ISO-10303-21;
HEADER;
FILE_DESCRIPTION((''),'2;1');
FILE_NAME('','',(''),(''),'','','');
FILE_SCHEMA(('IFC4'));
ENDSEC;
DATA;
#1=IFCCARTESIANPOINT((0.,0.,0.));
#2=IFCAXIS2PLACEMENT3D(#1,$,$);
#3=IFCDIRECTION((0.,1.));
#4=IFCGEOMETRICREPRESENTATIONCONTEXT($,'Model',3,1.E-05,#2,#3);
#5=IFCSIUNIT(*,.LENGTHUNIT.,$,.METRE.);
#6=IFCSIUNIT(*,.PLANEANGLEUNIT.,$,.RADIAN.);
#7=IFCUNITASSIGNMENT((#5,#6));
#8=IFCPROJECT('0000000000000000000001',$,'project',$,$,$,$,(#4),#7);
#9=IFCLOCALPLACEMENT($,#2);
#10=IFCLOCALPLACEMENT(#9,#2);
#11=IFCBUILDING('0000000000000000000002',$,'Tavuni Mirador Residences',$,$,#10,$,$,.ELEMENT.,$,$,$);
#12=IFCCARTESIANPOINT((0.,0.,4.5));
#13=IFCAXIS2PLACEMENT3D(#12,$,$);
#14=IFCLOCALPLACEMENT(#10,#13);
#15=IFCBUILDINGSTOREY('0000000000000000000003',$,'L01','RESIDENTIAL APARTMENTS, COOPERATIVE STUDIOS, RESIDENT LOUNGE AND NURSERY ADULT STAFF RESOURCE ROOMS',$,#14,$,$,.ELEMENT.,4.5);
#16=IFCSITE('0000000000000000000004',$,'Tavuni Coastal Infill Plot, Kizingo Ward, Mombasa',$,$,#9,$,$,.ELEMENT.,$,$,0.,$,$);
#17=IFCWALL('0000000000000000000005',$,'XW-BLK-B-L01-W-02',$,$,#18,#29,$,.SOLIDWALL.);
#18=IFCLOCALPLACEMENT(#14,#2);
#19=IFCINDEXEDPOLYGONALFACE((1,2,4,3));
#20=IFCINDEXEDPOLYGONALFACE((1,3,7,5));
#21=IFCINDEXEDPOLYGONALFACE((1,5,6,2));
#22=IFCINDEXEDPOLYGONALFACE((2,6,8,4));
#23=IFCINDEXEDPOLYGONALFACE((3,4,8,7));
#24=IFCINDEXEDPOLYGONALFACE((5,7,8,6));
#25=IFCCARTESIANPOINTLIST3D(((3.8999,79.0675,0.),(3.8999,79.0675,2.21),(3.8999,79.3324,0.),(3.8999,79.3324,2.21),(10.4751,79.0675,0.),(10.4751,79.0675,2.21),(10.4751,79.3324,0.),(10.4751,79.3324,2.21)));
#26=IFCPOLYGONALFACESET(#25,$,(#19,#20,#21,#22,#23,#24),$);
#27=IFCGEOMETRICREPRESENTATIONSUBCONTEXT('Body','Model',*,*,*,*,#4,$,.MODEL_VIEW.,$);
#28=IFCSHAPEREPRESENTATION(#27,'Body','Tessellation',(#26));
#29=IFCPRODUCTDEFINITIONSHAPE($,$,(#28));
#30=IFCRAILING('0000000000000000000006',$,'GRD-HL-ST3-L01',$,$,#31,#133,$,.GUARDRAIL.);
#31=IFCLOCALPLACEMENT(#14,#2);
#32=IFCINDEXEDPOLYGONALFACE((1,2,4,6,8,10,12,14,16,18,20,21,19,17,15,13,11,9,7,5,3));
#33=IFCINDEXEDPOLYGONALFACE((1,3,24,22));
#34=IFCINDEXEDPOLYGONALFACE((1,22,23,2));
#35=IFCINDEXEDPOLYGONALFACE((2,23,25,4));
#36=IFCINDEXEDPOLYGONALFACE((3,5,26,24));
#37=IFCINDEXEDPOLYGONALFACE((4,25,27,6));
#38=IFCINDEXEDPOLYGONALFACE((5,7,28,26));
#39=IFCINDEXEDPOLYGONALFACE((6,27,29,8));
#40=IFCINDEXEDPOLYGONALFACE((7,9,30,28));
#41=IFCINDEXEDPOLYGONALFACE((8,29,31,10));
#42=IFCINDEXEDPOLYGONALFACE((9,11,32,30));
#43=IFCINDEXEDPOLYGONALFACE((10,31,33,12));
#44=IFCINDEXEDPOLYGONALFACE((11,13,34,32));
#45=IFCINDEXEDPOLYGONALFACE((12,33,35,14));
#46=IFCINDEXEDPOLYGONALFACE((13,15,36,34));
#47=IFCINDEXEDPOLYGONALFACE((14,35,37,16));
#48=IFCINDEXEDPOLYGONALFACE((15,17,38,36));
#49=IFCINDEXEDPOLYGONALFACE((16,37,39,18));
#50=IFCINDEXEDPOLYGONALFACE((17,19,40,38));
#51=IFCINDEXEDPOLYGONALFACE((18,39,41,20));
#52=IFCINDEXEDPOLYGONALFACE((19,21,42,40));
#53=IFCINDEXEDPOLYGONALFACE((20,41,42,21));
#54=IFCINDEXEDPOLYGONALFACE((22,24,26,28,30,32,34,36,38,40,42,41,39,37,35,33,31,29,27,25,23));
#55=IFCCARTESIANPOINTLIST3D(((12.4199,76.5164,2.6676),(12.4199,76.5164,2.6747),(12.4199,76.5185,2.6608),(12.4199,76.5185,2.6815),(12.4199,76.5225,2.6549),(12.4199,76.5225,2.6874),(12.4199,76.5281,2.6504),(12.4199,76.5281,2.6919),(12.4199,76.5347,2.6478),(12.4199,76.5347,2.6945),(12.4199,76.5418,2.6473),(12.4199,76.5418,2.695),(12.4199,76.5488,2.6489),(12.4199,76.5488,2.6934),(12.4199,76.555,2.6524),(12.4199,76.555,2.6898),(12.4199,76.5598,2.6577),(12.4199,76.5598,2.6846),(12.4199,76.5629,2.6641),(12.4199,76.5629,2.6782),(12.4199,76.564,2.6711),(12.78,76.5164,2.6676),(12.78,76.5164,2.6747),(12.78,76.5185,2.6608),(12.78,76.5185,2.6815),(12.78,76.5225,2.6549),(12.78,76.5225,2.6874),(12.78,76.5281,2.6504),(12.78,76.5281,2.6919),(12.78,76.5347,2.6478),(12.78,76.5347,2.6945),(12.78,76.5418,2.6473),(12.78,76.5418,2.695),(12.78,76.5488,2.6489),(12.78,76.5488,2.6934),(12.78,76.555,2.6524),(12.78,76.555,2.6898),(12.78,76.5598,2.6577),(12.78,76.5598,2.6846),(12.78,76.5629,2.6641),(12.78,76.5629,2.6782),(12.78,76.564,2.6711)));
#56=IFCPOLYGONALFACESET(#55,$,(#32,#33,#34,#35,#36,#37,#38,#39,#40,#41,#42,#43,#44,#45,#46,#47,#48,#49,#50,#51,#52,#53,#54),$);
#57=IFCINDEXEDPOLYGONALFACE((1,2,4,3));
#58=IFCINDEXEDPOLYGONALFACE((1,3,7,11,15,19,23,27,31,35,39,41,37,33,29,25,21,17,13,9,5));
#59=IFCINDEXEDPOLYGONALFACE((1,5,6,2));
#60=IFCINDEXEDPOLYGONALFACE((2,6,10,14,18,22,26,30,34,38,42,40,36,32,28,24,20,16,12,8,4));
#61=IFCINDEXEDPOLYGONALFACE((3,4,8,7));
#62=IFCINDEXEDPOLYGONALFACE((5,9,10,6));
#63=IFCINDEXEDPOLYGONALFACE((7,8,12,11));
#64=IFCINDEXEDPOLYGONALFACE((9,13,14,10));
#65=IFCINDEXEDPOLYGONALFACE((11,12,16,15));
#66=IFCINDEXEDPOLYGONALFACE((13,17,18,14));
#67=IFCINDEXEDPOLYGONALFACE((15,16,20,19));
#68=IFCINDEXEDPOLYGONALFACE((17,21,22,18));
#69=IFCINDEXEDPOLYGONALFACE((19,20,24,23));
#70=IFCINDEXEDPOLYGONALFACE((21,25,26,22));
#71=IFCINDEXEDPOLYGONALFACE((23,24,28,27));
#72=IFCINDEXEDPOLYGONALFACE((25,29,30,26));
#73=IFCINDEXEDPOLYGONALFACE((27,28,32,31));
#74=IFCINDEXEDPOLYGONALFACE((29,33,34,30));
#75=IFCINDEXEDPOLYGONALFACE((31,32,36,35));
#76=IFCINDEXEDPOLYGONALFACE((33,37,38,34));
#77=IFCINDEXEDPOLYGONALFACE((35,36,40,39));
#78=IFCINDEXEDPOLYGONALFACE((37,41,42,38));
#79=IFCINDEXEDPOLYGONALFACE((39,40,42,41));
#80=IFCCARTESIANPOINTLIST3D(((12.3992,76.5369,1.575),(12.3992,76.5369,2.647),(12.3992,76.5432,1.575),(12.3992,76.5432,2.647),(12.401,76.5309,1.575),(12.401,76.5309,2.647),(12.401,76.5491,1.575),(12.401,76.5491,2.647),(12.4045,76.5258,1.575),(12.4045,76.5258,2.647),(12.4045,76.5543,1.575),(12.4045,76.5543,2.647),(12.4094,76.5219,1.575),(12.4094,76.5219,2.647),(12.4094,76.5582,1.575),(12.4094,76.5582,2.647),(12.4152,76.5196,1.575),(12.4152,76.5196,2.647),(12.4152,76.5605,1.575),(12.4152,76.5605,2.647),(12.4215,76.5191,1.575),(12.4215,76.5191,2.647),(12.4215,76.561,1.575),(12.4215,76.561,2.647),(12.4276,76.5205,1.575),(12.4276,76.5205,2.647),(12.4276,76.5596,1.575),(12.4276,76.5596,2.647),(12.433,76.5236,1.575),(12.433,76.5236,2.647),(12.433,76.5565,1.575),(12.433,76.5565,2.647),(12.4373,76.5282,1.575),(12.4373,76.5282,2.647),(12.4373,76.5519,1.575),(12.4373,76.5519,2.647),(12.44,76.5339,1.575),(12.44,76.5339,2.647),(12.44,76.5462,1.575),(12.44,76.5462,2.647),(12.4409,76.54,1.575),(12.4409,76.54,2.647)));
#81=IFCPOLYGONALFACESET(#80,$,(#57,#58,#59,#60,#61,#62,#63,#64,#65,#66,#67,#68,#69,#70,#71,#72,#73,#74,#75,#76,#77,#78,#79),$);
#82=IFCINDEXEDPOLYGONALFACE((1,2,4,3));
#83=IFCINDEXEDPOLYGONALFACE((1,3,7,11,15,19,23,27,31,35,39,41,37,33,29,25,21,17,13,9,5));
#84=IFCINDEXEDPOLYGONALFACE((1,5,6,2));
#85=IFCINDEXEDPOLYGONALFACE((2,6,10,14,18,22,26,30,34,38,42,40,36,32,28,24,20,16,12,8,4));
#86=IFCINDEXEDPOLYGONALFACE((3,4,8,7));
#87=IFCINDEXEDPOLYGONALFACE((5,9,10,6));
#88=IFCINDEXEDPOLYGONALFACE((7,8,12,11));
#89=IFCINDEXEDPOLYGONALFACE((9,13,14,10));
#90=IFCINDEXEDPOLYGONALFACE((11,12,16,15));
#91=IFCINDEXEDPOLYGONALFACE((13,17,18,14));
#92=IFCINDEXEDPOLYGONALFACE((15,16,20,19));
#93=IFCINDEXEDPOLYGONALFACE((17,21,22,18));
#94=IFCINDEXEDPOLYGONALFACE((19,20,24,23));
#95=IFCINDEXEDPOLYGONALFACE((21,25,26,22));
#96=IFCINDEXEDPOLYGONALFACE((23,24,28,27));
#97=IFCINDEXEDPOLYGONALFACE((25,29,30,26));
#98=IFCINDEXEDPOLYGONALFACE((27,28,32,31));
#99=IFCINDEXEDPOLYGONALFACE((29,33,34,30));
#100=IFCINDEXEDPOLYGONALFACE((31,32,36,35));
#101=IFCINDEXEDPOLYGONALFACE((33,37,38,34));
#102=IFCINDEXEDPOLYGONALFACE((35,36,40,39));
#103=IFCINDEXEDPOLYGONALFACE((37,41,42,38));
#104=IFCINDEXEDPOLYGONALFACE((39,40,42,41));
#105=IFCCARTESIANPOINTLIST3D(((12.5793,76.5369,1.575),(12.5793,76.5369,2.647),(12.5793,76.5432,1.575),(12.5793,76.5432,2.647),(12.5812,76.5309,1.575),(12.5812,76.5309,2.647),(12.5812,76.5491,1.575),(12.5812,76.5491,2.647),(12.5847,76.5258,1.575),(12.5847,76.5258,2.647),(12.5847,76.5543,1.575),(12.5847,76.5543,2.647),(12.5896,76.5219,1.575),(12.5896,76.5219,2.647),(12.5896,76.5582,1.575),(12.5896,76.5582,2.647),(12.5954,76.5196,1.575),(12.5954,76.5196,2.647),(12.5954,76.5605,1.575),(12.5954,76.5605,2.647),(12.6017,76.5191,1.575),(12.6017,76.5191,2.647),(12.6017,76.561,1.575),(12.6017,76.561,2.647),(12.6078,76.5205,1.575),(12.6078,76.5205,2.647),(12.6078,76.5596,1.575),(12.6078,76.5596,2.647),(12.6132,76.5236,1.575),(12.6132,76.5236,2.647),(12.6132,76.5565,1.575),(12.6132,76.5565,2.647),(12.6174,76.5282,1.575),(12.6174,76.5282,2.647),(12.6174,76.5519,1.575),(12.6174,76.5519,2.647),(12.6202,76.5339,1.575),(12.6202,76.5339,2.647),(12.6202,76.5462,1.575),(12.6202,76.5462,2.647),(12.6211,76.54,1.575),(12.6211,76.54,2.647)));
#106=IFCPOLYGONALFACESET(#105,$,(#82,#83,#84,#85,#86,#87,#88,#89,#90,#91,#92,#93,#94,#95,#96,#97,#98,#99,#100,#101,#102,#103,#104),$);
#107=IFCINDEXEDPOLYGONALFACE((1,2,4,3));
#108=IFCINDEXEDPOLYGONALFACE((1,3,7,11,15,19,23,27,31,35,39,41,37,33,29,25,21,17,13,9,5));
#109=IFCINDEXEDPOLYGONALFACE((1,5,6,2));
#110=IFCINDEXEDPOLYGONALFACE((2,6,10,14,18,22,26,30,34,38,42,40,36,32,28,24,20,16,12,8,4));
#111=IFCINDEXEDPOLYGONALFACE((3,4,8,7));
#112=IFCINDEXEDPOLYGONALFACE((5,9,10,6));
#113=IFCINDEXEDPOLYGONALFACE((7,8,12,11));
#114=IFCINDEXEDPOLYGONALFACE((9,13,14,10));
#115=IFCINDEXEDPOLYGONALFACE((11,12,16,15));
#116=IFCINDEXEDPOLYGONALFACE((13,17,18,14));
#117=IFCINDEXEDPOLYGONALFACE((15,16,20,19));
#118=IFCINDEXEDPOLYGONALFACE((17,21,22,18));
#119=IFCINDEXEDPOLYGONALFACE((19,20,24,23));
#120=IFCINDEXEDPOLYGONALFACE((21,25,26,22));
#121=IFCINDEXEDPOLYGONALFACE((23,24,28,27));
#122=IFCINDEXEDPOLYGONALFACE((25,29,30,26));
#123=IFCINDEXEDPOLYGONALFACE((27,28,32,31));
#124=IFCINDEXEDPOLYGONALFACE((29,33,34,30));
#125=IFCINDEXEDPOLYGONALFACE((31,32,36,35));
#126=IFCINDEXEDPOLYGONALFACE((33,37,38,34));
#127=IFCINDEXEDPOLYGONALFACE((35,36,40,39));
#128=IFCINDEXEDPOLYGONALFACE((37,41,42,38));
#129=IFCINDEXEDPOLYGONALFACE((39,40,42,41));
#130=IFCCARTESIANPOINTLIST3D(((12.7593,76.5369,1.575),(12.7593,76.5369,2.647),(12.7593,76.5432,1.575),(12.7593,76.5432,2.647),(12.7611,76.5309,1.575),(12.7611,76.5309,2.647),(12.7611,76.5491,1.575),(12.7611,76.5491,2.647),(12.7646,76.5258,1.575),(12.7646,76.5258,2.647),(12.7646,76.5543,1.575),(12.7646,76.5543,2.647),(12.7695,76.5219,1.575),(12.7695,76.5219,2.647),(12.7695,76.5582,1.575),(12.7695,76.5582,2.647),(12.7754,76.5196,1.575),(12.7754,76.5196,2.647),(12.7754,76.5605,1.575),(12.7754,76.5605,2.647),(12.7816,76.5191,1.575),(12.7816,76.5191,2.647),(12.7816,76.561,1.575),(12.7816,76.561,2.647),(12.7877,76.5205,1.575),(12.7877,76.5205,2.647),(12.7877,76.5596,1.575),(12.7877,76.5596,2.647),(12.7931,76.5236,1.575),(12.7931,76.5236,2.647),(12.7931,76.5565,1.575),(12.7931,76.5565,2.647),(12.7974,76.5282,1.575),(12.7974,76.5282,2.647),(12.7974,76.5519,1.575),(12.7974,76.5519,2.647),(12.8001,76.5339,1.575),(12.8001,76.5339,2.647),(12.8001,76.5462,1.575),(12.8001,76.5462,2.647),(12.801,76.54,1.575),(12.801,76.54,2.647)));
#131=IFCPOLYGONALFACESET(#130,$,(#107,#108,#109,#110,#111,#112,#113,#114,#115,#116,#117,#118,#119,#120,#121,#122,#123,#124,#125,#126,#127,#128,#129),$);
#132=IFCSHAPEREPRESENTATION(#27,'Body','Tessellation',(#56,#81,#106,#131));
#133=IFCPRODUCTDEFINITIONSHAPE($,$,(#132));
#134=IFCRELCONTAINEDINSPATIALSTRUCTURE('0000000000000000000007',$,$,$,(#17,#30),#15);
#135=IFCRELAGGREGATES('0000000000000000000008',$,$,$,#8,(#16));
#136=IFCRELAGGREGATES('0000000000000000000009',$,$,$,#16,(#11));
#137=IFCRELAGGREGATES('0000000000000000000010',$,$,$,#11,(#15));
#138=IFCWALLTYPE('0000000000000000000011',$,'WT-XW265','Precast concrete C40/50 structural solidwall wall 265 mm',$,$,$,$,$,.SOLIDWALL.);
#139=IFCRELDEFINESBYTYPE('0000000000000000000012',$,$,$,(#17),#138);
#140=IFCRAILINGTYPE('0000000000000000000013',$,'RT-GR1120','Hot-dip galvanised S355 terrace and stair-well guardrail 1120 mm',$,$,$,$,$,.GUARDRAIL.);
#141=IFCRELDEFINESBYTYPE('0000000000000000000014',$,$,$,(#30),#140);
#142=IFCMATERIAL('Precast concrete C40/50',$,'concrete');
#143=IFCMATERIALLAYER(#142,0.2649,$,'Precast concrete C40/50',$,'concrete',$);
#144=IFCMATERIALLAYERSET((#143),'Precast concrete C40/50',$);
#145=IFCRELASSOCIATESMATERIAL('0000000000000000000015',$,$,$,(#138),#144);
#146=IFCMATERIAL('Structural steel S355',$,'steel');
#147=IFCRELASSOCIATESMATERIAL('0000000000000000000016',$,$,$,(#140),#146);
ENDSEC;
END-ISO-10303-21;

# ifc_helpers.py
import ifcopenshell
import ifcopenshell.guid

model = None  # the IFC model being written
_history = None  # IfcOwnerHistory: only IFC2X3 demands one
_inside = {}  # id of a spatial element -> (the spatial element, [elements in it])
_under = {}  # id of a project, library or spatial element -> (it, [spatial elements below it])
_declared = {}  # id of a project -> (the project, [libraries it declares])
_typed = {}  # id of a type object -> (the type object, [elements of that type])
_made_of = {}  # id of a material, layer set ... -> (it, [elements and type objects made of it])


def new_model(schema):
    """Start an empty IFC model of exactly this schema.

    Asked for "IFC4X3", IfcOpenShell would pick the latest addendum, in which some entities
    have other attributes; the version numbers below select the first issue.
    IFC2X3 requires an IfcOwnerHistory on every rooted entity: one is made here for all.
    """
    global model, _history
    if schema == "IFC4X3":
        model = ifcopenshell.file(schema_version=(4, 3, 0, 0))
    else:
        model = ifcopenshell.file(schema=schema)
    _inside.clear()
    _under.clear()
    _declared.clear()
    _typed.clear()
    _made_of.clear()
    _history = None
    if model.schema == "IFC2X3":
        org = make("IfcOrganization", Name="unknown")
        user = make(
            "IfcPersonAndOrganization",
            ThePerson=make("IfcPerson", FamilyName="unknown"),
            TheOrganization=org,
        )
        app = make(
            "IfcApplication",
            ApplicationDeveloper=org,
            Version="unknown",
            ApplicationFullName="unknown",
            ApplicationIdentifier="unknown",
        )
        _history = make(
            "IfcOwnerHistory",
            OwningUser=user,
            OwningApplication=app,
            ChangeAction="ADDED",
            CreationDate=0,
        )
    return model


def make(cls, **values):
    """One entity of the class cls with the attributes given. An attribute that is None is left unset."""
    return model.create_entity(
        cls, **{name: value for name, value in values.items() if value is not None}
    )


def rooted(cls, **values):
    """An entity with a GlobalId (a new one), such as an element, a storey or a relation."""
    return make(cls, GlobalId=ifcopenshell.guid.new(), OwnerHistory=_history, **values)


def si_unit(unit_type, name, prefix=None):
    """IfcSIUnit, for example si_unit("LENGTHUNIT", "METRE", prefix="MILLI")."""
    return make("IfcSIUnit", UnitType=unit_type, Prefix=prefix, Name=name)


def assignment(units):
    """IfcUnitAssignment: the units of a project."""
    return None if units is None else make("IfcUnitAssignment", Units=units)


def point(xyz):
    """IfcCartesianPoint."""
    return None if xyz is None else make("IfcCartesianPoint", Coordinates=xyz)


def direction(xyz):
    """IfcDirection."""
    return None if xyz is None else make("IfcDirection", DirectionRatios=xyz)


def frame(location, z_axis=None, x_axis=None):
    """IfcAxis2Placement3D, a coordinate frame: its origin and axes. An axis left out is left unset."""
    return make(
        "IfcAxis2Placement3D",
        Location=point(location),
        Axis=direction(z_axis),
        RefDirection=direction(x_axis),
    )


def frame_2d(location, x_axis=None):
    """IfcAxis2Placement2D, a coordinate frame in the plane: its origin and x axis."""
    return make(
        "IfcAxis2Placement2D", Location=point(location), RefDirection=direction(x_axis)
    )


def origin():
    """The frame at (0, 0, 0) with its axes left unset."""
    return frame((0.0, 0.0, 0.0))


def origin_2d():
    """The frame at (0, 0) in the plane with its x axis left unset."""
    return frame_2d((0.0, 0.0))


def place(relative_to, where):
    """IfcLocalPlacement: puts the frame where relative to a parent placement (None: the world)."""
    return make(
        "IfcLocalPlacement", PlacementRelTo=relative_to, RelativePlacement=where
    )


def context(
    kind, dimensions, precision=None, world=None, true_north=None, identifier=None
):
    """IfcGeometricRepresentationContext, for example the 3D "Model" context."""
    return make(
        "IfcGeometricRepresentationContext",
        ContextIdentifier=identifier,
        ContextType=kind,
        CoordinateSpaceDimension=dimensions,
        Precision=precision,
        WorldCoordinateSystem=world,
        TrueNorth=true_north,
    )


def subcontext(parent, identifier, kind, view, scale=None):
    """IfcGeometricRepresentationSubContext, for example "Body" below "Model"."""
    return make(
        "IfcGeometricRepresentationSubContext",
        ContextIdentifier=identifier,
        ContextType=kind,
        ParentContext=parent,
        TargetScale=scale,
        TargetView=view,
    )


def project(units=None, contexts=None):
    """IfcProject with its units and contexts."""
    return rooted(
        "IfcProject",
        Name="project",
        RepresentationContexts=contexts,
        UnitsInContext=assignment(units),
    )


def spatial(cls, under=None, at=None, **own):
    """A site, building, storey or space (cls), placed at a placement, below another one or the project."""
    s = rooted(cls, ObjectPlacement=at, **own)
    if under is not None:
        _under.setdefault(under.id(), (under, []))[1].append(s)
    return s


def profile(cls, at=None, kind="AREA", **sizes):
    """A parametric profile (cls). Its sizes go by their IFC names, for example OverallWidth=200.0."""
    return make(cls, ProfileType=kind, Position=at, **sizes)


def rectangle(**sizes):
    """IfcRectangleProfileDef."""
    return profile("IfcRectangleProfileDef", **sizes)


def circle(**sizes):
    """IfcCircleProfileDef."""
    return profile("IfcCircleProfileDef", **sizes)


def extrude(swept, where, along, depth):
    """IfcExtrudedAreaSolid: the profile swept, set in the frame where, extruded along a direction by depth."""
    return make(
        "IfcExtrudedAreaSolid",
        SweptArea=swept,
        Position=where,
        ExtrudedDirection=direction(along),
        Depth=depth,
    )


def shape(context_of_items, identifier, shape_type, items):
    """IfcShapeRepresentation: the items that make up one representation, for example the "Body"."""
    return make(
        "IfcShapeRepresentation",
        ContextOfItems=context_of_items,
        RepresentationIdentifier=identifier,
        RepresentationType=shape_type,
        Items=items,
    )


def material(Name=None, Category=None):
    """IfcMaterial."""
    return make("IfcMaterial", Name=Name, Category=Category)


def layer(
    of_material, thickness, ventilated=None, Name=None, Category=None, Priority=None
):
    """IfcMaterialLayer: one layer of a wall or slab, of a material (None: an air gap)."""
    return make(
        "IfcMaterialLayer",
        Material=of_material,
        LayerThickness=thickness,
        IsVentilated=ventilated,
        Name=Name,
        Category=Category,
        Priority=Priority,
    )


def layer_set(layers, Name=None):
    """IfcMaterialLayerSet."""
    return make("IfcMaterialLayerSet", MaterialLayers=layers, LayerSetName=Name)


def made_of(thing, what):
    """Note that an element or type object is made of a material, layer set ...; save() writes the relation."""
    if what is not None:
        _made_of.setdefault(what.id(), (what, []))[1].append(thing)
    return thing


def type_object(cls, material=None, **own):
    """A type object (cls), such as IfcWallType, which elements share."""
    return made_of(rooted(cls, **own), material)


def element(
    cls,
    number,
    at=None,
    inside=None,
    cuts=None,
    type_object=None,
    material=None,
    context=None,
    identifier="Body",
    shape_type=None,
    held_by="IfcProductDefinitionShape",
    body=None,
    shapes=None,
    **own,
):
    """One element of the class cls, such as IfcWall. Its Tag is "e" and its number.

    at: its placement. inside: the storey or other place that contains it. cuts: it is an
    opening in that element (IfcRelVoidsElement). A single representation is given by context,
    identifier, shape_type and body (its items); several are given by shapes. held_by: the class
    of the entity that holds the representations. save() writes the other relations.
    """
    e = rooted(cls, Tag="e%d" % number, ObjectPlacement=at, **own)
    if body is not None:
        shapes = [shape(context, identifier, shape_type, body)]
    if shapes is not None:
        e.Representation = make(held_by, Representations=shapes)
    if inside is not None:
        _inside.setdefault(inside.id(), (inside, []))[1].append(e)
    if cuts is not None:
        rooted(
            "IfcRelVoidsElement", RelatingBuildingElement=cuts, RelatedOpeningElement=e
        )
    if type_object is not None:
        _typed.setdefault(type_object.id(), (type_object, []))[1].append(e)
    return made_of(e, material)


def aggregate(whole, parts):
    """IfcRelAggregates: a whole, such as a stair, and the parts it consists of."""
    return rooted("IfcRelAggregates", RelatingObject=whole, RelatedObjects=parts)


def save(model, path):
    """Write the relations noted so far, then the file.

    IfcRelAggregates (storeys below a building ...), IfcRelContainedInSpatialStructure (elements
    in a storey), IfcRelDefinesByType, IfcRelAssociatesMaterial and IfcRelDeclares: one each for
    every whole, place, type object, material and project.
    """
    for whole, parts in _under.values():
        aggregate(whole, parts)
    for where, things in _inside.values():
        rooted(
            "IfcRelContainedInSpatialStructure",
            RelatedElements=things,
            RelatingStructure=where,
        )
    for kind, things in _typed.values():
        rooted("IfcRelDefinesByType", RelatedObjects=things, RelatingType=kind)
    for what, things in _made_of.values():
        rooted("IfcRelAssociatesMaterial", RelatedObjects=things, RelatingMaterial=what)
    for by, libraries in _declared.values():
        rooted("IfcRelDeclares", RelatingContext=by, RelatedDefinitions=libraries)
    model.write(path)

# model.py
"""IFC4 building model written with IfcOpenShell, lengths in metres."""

from ifc_helpers import new_model, si_unit, direction, frame, frame_2d, origin, origin_2d, place, context, subcontext, project, spatial, rectangle, circle, extrude, material, layer, layer_set, type_object, element, save


model = new_model("IFC4")

# Units and contexts
model_context = context("Model", 3, precision=1e-05, world=origin(), true_north=direction((0.0, 1.0)))
body_context = subcontext(model_context, "Body", "Model", "MODEL_VIEW")
ifc_project = project(units=[si_unit("LENGTHUNIT", "METRE"), si_unit("PLANEANGLEUNIT", "RADIAN")], contexts=[model_context])

# Site, building, storey
site_placement = place(None, origin())
site = spatial("IfcSite", under=ifc_project, at=site_placement, Name="Tavuni Coastal Infill Plot, Kizingo Ward, Mombasa", CompositionType="ELEMENT", RefElevation=0.0)
building_placement = place(site_placement, origin())
building = spatial("IfcBuilding", under=site, at=building_placement, Name="Tavuni Mirador Residences", CompositionType="ELEMENT")
storey_placement = place(building_placement, frame((0.0, 0.0, 4.5)))
storey = spatial("IfcBuildingStorey", under=building, at=storey_placement, Name="L01", Description="RESIDENTIAL APARTMENTS, COOPERATIVE STUDIOS, RESIDENT LOUNGE AND NURSERY ADULT STAFF RESOURCE ROOMS", CompositionType="ELEMENT", Elevation=4.5)

# Shared definitions
ifc_material_1 = material(Name="Precast concrete C40/50", Category="concrete")

# Wall
ifc_layer_1 = layer(ifc_material_1, 0.2649, Name="Precast concrete C40/50", Category="concrete")
ifc_layer_set_1 = layer_set([ifc_layer_1], Name="Precast concrete C40/50")
wall_type_1 = type_object("IfcWallType", Name="WT-XW265", Description="Precast concrete C40/50 structural solidwall wall 265 mm", PredefinedType="SOLIDWALL", material=ifc_layer_set_1)
wall_1_placement = place(storey_placement, frame((3.8999, 79.2, 0.0), z_axis=(0.0, 0.0, 1.0), x_axis=(1.0, 0.0, 0.0)))
element("IfcWall", 1, at=wall_1_placement, inside=storey, type_object=wall_type_1, Name="XW-BLK-B-L01-W-02", PredefinedType="SOLIDWALL", context=body_context, shape_type="SweptSolid", body=[
    extrude(rectangle(XDim=6.5752, YDim=0.2649, at=frame_2d((3.2876, 0.0))), origin(), (0.0, 0.0, 1.0), 2.21),
])

# Railing
ifc_material_2 = material(Name="Structural steel S355", Category="steel")
railing_type = type_object("IfcRailingType", Name="RT-GR1120", Description="Hot-dip galvanised S355 terrace and stair-well guardrail 1120 mm", PredefinedType="GUARDRAIL", material=ifc_material_2)
railing_placement = place(storey_placement, frame((12.4199, 76.54, 1.575)))
element("IfcRailing", 2, at=railing_placement, inside=storey, type_object=railing_type, Name="GRD-HL-ST3-L01", PredefinedType="GUARDRAIL", context=body_context, shape_type="SweptSolid", body=[
    extrude(circle(Radius=0.0239, at=origin_2d()), frame((0.0, 0.0, 1.0962), z_axis=(1.0, 0.0, 0.0), x_axis=(0.0, 1.0, 0.0)), (0.0, 0.0, 1.0), 0.3601),
    extrude(circle(Radius=0.021, at=origin_2d()), origin(), (0.0, 0.0, 1.0), 1.072),
    extrude(circle(Radius=0.021, at=origin_2d()), frame((0.1802, 0.0, 0.0)), (0.0, 0.0, 1.0), 1.072),
    extrude(circle(Radius=0.021, at=origin_2d()), frame((0.3601, 0.0, 0.0)), (0.0, 0.0, 1.0), 1.072),
])

save(model, "model.ifc")
